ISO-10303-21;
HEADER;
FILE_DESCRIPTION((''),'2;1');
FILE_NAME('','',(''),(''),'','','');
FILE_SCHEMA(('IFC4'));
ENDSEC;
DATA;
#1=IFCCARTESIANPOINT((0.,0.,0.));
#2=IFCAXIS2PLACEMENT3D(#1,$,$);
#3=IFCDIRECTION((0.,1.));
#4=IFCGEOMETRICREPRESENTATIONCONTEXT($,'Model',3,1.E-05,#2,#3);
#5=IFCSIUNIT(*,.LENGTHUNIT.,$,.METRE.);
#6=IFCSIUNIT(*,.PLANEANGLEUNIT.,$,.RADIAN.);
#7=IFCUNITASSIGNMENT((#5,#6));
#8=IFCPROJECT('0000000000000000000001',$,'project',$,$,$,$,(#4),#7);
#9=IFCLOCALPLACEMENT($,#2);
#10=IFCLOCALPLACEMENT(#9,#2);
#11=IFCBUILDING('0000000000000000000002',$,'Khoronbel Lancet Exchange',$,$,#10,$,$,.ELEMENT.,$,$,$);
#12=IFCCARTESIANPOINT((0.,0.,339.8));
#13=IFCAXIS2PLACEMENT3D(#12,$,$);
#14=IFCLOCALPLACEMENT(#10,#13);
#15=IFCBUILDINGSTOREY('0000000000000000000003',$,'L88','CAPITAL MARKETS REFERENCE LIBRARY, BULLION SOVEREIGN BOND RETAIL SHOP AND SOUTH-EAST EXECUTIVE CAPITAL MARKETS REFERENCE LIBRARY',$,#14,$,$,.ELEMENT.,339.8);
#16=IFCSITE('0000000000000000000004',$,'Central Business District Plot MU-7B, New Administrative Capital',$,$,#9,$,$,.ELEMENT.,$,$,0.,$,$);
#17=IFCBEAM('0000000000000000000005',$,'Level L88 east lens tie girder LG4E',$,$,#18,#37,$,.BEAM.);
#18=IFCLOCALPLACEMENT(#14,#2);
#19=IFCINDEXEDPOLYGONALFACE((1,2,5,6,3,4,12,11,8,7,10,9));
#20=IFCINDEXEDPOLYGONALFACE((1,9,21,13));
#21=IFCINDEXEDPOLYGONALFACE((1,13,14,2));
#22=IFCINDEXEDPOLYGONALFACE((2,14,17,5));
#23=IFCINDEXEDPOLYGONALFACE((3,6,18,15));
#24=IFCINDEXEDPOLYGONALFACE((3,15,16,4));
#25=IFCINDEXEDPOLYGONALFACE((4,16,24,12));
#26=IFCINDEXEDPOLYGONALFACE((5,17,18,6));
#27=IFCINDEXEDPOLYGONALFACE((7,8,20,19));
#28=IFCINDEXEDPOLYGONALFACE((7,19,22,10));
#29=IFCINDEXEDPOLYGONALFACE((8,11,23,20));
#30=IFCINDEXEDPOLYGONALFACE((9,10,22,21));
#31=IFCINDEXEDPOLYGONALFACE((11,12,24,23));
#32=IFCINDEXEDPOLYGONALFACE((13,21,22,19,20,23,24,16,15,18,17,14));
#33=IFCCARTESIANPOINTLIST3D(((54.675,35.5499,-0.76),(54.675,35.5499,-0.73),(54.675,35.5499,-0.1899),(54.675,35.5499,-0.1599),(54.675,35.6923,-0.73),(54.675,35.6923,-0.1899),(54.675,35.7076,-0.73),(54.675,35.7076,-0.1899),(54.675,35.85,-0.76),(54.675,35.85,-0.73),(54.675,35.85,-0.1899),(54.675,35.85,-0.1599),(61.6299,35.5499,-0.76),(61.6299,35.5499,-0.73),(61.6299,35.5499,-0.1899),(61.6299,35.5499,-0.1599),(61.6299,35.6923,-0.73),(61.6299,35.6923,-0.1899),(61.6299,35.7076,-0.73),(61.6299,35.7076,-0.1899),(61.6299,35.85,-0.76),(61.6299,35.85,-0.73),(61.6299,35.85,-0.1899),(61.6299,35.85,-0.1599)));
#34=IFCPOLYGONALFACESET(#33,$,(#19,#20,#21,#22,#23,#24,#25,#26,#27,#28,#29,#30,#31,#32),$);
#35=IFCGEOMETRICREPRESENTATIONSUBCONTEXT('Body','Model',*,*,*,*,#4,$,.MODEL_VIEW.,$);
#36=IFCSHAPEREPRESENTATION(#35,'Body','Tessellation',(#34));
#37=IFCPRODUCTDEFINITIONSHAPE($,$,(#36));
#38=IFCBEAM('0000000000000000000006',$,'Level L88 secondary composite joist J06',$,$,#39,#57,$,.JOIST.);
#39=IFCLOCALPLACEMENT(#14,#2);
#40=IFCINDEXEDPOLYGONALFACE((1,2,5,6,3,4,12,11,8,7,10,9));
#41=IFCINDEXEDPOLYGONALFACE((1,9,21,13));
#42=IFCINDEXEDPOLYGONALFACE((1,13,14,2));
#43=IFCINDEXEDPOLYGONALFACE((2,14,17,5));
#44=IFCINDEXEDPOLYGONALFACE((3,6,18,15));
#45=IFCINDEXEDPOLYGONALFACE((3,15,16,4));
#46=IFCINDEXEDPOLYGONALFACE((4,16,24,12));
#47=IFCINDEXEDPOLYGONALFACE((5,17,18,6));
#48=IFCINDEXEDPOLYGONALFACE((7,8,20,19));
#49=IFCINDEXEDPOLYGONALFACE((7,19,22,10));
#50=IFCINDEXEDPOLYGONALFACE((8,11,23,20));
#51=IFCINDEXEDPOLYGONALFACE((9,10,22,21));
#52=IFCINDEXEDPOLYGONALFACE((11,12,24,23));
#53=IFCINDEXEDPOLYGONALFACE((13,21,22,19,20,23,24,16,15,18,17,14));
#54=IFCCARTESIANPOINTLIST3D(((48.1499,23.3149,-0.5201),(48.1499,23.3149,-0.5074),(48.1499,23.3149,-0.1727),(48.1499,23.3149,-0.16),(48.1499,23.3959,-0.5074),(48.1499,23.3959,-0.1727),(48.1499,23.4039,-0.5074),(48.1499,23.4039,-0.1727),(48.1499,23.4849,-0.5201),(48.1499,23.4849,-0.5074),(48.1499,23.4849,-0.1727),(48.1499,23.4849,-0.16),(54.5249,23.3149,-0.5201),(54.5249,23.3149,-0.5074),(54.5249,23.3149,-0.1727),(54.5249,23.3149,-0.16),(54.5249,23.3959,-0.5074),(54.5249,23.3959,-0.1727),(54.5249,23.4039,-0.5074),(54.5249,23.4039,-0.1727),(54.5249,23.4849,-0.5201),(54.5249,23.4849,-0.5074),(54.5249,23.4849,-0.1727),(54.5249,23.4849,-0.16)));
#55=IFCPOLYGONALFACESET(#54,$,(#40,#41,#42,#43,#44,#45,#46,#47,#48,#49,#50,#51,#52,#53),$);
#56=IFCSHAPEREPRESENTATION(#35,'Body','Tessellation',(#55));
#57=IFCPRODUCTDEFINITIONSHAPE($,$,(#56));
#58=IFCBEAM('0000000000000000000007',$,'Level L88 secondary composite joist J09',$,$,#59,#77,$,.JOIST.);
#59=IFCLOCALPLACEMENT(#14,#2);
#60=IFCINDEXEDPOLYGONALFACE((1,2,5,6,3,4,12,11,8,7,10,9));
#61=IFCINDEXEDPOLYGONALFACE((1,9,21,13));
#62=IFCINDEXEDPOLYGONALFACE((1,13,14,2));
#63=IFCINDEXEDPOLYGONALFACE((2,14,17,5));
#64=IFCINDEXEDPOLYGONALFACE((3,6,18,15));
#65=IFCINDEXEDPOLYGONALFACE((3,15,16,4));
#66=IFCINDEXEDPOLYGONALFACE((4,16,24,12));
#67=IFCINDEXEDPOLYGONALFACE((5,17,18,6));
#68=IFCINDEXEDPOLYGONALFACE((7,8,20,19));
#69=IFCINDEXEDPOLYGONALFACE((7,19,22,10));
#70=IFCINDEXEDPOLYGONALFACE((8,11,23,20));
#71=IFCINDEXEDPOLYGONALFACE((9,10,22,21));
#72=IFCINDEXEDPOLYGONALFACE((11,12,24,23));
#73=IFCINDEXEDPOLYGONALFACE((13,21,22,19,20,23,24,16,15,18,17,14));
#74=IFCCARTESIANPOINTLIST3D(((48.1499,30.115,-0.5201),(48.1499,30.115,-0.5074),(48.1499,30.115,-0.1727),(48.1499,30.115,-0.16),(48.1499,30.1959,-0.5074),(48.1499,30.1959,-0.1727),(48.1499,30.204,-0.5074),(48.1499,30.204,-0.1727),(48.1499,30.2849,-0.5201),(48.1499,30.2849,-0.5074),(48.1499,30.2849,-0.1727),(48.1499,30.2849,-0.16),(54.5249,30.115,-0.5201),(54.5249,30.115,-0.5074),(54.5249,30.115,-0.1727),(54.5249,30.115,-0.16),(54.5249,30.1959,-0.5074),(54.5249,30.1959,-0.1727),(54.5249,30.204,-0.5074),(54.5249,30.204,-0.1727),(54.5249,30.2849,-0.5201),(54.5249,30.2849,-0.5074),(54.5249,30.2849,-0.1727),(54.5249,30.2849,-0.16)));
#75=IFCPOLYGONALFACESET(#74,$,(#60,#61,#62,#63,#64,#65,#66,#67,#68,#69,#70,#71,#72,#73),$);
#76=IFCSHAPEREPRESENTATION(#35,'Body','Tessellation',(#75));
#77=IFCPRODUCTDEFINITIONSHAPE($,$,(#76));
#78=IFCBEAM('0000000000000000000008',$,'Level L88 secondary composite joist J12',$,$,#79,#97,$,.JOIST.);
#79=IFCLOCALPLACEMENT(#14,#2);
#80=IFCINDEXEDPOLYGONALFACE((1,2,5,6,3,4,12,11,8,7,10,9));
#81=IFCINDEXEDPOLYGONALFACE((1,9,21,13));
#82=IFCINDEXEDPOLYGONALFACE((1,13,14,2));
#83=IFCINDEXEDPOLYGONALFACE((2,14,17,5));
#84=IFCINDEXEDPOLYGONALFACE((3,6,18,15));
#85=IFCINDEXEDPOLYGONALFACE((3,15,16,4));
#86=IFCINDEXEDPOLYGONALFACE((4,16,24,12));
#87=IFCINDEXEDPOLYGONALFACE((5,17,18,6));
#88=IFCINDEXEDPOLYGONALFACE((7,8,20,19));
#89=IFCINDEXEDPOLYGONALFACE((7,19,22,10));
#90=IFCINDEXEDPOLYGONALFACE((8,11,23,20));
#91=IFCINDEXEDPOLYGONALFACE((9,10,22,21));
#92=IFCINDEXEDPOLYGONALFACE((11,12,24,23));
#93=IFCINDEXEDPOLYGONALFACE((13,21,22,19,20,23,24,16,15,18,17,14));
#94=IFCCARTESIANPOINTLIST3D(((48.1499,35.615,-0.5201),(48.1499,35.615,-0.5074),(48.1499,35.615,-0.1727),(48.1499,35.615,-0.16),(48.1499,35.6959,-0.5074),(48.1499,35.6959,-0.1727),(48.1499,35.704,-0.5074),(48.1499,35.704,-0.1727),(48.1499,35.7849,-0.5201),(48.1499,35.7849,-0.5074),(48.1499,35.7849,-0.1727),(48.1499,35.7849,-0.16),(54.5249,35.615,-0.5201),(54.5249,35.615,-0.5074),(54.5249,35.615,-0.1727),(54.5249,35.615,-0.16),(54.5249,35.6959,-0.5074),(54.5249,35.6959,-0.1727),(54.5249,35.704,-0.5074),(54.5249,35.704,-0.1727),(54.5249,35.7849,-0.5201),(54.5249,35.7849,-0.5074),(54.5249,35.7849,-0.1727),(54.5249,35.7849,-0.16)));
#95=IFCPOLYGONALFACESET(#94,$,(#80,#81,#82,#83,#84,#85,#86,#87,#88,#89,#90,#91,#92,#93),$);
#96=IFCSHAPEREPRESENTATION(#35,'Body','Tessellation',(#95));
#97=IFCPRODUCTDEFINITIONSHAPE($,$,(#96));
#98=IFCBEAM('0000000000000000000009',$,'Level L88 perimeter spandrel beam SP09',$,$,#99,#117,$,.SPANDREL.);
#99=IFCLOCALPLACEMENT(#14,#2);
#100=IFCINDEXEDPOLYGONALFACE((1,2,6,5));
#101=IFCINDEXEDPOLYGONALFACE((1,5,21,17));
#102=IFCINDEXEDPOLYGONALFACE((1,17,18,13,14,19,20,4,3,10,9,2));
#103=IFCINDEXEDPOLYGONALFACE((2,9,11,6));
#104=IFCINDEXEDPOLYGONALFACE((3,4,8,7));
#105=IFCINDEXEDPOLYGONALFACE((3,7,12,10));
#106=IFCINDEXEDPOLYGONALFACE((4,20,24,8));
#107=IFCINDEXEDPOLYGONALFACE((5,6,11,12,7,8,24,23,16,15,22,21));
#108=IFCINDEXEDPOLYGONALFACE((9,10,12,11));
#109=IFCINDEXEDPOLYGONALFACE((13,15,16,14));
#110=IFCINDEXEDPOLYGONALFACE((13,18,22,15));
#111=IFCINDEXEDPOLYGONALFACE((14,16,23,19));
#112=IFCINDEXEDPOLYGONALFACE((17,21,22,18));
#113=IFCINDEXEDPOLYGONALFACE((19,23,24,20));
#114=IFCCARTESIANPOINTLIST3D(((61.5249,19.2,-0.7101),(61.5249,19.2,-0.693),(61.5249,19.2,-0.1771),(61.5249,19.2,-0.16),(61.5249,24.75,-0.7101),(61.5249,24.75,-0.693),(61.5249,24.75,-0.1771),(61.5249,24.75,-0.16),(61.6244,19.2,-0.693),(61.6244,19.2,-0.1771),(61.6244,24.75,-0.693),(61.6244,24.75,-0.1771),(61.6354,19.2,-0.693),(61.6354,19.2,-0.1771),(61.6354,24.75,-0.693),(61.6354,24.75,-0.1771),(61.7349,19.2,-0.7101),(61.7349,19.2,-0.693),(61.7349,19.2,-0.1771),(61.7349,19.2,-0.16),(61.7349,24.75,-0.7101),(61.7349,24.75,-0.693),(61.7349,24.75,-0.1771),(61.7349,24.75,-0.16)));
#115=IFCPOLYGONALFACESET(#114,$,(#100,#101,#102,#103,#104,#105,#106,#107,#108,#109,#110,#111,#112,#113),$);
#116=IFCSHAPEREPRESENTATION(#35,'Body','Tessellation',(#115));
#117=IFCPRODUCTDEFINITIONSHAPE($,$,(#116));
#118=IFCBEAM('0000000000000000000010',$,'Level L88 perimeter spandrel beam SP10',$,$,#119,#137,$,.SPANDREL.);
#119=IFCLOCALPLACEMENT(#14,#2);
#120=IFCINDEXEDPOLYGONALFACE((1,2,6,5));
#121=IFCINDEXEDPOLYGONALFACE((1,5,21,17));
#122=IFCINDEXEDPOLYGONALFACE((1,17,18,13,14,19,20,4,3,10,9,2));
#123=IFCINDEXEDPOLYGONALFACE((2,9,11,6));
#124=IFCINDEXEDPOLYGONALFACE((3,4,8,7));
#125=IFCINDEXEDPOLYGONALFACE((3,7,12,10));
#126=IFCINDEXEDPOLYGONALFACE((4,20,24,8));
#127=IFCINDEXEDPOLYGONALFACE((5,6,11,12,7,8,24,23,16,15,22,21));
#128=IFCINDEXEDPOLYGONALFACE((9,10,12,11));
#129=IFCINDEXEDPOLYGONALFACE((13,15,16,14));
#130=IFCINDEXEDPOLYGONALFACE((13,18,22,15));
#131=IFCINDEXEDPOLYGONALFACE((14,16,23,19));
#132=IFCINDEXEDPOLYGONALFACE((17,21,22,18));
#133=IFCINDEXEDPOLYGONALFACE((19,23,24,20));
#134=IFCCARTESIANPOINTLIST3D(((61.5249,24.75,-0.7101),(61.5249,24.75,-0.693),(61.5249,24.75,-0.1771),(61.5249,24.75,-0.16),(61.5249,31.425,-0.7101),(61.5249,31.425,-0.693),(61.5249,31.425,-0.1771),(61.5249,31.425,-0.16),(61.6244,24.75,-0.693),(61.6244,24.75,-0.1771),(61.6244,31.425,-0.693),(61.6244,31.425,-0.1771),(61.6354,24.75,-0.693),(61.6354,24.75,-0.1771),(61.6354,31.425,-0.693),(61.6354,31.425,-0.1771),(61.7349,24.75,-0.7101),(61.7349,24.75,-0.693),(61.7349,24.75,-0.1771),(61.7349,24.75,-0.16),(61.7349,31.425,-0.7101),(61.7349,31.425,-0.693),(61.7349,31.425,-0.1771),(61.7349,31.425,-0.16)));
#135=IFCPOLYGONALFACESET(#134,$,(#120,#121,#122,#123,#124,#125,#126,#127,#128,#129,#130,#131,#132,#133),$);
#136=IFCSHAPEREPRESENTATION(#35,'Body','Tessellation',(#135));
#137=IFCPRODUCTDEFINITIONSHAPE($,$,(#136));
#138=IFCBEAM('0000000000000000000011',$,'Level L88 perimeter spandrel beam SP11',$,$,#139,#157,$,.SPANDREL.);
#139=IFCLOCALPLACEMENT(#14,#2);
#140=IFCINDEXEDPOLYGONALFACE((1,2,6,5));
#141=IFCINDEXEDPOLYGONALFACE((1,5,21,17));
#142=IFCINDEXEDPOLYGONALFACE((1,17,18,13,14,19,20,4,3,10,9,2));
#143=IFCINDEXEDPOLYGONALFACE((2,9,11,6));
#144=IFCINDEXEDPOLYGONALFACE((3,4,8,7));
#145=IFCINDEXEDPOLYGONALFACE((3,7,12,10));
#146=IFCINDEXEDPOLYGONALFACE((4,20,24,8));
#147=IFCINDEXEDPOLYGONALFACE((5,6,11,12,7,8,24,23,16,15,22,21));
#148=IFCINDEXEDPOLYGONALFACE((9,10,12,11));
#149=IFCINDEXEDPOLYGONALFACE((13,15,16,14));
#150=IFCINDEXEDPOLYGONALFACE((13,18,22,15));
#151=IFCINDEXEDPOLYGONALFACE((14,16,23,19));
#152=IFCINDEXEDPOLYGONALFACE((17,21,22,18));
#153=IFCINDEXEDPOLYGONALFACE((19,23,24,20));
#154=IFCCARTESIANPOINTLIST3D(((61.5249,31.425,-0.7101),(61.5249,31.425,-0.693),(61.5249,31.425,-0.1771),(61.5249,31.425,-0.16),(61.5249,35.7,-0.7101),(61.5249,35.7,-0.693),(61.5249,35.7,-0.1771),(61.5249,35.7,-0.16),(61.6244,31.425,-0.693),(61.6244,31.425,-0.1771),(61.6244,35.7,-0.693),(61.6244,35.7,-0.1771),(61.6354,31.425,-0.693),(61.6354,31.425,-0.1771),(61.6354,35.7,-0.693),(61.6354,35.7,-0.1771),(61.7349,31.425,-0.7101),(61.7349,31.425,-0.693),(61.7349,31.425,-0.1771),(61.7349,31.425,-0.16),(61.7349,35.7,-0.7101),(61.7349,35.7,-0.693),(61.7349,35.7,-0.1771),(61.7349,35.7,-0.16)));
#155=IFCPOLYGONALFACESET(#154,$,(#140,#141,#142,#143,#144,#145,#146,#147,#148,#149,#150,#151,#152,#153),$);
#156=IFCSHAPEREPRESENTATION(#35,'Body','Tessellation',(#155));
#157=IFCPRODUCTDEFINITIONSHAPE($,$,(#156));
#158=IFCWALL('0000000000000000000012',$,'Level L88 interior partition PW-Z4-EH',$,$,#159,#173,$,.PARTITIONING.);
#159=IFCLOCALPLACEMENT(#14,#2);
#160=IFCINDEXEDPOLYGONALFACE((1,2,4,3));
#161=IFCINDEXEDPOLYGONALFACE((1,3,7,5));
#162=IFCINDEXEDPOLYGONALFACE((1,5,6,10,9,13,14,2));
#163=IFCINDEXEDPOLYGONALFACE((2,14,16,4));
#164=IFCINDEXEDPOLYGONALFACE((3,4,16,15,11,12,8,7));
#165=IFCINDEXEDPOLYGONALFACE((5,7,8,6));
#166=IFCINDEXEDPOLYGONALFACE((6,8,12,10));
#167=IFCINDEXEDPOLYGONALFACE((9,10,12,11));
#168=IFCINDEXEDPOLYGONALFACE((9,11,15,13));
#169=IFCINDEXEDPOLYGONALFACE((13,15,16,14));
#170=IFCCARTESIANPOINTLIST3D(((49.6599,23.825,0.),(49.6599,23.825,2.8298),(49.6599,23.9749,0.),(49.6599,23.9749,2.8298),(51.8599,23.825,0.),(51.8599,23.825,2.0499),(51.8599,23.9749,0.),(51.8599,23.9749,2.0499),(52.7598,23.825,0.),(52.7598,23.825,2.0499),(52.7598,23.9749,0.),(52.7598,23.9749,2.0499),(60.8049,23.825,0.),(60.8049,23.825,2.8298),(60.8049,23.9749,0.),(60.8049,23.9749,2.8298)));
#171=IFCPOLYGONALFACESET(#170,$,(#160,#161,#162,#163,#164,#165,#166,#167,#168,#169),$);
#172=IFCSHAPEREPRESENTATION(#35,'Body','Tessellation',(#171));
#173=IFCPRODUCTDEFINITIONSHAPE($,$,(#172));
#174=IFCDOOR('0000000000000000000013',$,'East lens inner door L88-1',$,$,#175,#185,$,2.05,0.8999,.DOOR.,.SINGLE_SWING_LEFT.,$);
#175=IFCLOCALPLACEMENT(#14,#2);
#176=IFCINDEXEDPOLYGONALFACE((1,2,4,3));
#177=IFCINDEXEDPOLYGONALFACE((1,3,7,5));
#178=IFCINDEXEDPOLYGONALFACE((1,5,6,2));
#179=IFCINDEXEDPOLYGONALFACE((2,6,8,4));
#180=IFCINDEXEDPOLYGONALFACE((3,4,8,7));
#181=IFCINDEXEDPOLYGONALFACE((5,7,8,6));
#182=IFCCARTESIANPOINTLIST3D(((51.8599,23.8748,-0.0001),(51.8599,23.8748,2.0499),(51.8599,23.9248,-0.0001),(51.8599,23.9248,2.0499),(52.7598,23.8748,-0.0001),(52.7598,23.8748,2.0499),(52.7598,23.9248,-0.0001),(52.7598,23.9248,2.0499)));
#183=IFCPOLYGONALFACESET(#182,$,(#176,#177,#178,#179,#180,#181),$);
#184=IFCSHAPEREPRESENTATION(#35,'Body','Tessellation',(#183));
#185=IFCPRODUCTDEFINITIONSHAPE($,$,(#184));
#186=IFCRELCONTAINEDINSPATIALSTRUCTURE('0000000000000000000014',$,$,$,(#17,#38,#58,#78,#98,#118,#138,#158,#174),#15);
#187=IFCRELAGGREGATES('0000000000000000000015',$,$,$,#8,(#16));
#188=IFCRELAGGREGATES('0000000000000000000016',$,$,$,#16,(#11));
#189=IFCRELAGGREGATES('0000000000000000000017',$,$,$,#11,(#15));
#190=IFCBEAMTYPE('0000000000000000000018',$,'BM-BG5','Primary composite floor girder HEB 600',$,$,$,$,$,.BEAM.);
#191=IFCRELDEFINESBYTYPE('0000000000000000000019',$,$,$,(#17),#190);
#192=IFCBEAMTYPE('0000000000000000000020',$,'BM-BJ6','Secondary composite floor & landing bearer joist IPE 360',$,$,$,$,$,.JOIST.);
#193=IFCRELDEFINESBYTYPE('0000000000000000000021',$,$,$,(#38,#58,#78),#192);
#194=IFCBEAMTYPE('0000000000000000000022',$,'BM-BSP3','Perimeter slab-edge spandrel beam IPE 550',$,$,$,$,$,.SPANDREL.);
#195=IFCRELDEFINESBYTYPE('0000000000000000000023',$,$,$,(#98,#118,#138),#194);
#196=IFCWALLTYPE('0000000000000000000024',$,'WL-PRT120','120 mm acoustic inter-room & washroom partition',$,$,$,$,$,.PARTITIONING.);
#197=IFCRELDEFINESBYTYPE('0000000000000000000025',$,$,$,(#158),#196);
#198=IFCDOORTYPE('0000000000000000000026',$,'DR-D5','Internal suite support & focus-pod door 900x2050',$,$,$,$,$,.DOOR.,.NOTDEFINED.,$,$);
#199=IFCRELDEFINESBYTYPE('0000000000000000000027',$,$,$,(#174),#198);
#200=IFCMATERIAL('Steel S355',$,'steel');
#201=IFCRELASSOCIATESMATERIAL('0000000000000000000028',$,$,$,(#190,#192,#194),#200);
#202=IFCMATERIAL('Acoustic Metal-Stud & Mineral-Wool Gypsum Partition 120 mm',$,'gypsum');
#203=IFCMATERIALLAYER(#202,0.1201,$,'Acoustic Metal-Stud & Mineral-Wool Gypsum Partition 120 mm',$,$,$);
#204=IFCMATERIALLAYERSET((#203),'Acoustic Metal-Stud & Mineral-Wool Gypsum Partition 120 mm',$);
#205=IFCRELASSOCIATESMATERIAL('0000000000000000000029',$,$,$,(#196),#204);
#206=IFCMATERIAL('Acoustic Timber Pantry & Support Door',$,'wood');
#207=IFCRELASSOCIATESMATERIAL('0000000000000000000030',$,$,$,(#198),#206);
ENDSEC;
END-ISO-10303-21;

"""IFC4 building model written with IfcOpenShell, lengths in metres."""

from ifc_helpers import new_model, si_unit, direction, frame, frame_2d, origin, origin_2d, place, context, subcontext, project, spatial, rectangle, i_section, extrude, material, layer, layer_set, material_profile, profile_set, type_object, element, fill, save


model = new_model("IFC4")

# Units and contexts
model_context = context("Model", 3, precision=1e-05, world=origin(), true_north=direction((0.0, 1.0)))
body_context = subcontext(model_context, "Body", "Model", "MODEL_VIEW")
ifc_project = project(units=[si_unit("LENGTHUNIT", "METRE"), si_unit("PLANEANGLEUNIT", "RADIAN")], contexts=[model_context])

# Site, building, storey
site_placement = place(None, origin())
site = spatial("IfcSite", under=ifc_project, at=site_placement, Name="Central Business District Plot MU-7B, New Administrative Capital", CompositionType="ELEMENT", RefElevation=0.0)
building_placement = place(site_placement, origin())
building = spatial("IfcBuilding", under=site, at=building_placement, Name="Khoronbel Lancet Exchange", CompositionType="ELEMENT")
storey_placement = place(building_placement, frame((0.0, 0.0, 339.8)))
storey = spatial("IfcBuildingStorey", under=building, at=storey_placement, Name="L88", Description="CAPITAL MARKETS REFERENCE LIBRARY, BULLION SOVEREIGN BOND RETAIL SHOP AND SOUTH-EAST EXECUTIVE CAPITAL MARKETS REFERENCE LIBRARY", CompositionType="ELEMENT", Elevation=339.8)

# Shared definitions
ifc_material_1 = material(Name="Steel S355", Category="steel")

# Beams
ifc_material_profile_1 = material_profile(ifc_material_1, i_section(OverallWidth=0.3, OverallDepth=0.6001, WebThickness=0.0154, FlangeThickness=0.03, at=origin_2d()), Name="HEB 600")
ifc_profile_set_1 = profile_set([ifc_material_profile_1], Name="Steel S355")
beam_type_1 = type_object("IfcBeamType", Name="BM-BG5", Description="Primary composite floor girder HEB 600", PredefinedType="BEAM", material=ifc_profile_set_1)
for number, where, z_axis, x_axis, name in (
    (1, (54.675, 35.7, -0.46), (1.0, 0.0, 0.0), (0.0, 1.0, 0.0), "Level L88 east lens tie girder LG4E"),
):
    element("IfcBeam", number, at=place(storey_placement, frame(where, z_axis=z_axis, x_axis=x_axis)), inside=storey, type_object=beam_type_1, Name=name, PredefinedType="BEAM", context=body_context, shape_type="SweptSolid", body=[
        extrude(i_section(OverallWidth=0.3, OverallDepth=0.6001, WebThickness=0.0154, FlangeThickness=0.03, at=origin_2d()), origin(), (0.0, 0.0, 1.0), 6.9548),
    ])
ifc_material_profile_2 = material_profile(ifc_material_1, i_section(OverallWidth=0.1699, OverallDepth=0.3601, WebThickness=0.0081, FlangeThickness=0.0127, at=origin_2d()), Name="IPE 360")
ifc_profile_set_2 = profile_set([ifc_material_profile_2], Name="Steel S355")
beam_type_2 = type_object("IfcBeamType", Name="BM-BJ6", Description="Secondary composite floor & landing bearer joist IPE 360", PredefinedType="JOIST", material=ifc_profile_set_2)
for number, where, z_axis, x_axis, name in (
    (2, (48.1499, 23.3999, -0.3401), (1.0, 0.0, 0.0), (0.0, 1.0, 0.0), "Level L88 secondary composite joist J06"),
    (3, (48.1499, 30.2, -0.3401), (1.0, 0.0, 0.0), (0.0, 1.0, 0.0), "Level L88 secondary composite joist J09"),
    (4, (48.1499, 35.7, -0.3401), (1.0, 0.0, 0.0), (0.0, 1.0, 0.0), "Level L88 secondary composite joist J12"),
):
    element("IfcBeam", number, at=place(storey_placement, frame(where, z_axis=z_axis, x_axis=x_axis)), inside=storey, type_object=beam_type_2, Name=name, PredefinedType="JOIST", context=body_context, shape_type="SweptSolid", body=[
        extrude(i_section(OverallWidth=0.1699, OverallDepth=0.3601, WebThickness=0.0081, FlangeThickness=0.0127, at=origin_2d()), origin(), (0.0, 0.0, 1.0), 6.375),
    ])
ifc_material_profile_3 = material_profile(ifc_material_1, i_section(OverallWidth=0.21, OverallDepth=0.55, WebThickness=0.011, FlangeThickness=0.0171, at=origin_2d()), Name="IPE 550")
ifc_profile_set_3 = profile_set([ifc_material_profile_3], Name="Steel S355")
beam_type_3 = type_object("IfcBeamType", Name="BM-BSP3", Description="Perimeter slab-edge spandrel beam IPE 550", PredefinedType="SPANDREL", material=ifc_profile_set_3)
beam_1_placement = place(storey_placement, frame((61.6299, 19.2, -0.4351), z_axis=(0.0, 1.0, 0.0), x_axis=(-1.0, 0.0, 0.0)))
element("IfcBeam", 5, at=beam_1_placement, inside=storey, type_object=beam_type_3, Name="Level L88 perimeter spandrel beam SP09", PredefinedType="SPANDREL", context=body_context, shape_type="SweptSolid", body=[
    extrude(i_section(OverallWidth=0.21, OverallDepth=0.55, WebThickness=0.011, FlangeThickness=0.0171, at=origin_2d()), origin(), (0.0, 0.0, 1.0), 5.55),
])
beam_2_placement = place(storey_placement, frame((61.6299, 24.75, -0.4351), z_axis=(0.0, 1.0, 0.0), x_axis=(-1.0, 0.0, 0.0)))
element("IfcBeam", 6, at=beam_2_placement, inside=storey, type_object=beam_type_3, Name="Level L88 perimeter spandrel beam SP10", PredefinedType="SPANDREL", context=body_context, shape_type="SweptSolid", body=[
    extrude(i_section(OverallWidth=0.21, OverallDepth=0.55, WebThickness=0.011, FlangeThickness=0.0171, at=origin_2d()), origin(), (0.0, 0.0, 1.0), 6.675),
])
beam_3_placement = place(storey_placement, frame((61.6299, 31.425, -0.4351), z_axis=(0.0, 1.0, 0.0), x_axis=(-1.0, 0.0, 0.0)))
element("IfcBeam", 7, at=beam_3_placement, inside=storey, type_object=beam_type_3, Name="Level L88 perimeter spandrel beam SP11", PredefinedType="SPANDREL", context=body_context, shape_type="SweptSolid", body=[
    extrude(i_section(OverallWidth=0.21, OverallDepth=0.55, WebThickness=0.011, FlangeThickness=0.0171, at=origin_2d()), origin(), (0.0, 0.0, 1.0), 4.2749),
])

# Wall, opening, door
ifc_material_2 = material(Name="Acoustic Metal-Stud & Mineral-Wool Gypsum Partition 120 mm", Category="gypsum")
ifc_layer_1 = layer(ifc_material_2, 0.1201, Name="Acoustic Metal-Stud & Mineral-Wool Gypsum Partition 120 mm")
ifc_layer_set_1 = layer_set([ifc_layer_1], Name="Acoustic Metal-Stud & Mineral-Wool Gypsum Partition 120 mm")
wall_type_1 = type_object("IfcWallType", Name="WL-PRT120", Description="120 mm acoustic inter-room & washroom partition", PredefinedType="PARTITIONING", material=ifc_layer_set_1)
wall_1_placement = place(storey_placement, frame((49.6599, 23.8999, 0.0), z_axis=(0.0, 0.0, 1.0), x_axis=(1.0, 0.0, 0.0)))
wall_1 = element("IfcWall", 8, at=wall_1_placement, inside=storey, type_object=wall_type_1, Name="Level L88 interior partition PW-Z4-EH", PredefinedType="PARTITIONING", context=body_context, shape_type="SweptSolid", body=[
    extrude(rectangle(XDim=11.145, YDim=0.1499, at=frame_2d((5.5725, 0.0))), origin(), (0.0, 0.0, 1.0), 2.8298),
])
opening_1_placement = place(wall_1_placement, frame((2.2, 0.0, 0.0)))
opening_1 = element("IfcOpeningElement", 9, at=opening_1_placement, cuts=wall_1, PredefinedType="OPENING", context=body_context, shape_type="SweptSolid", body=[
    extrude(rectangle(XDim=0.8999, YDim=2.05, at=frame_2d((0.45, 1.0249))), frame((0.0, 0.085, 0.0), z_axis=(0.0, -1.0, 0.0), x_axis=(1.0, 0.0, 0.0)), (0.0, 0.0, 1.0), 0.1699),
])
ifc_material_3 = material(Name="Acoustic Timber Pantry & Support Door", Category="wood")
door_type_1 = type_object("IfcDoorType", Name="DR-D5", Description="Internal suite support & focus-pod door 900x2050", OperationType="NOTDEFINED", PredefinedType="DOOR", material=ifc_material_3)
door_1_placement = place(opening_1_placement, origin())
door_1 = element("IfcDoor", 10, at=door_1_placement, inside=storey, type_object=door_type_1, Name="East lens inner door L88-1", OperationType="SINGLE_SWING_LEFT", OverallHeight=2.05, OverallWidth=0.8999, PredefinedType="DOOR", context=body_context, shape_type="SweptSolid", body=[
    extrude(rectangle(XDim=0.8999, YDim=2.05, at=frame_2d((0.45, 1.0249))), frame((0.0, 0.0249, 0.0), z_axis=(0.0, -1.0, 0.0), x_axis=(1.0, 0.0, 0.0)), (0.0, 0.0, 1.0), 0.05),
])
fill(opening_1, door_1)

save(model, "model.ifc")
